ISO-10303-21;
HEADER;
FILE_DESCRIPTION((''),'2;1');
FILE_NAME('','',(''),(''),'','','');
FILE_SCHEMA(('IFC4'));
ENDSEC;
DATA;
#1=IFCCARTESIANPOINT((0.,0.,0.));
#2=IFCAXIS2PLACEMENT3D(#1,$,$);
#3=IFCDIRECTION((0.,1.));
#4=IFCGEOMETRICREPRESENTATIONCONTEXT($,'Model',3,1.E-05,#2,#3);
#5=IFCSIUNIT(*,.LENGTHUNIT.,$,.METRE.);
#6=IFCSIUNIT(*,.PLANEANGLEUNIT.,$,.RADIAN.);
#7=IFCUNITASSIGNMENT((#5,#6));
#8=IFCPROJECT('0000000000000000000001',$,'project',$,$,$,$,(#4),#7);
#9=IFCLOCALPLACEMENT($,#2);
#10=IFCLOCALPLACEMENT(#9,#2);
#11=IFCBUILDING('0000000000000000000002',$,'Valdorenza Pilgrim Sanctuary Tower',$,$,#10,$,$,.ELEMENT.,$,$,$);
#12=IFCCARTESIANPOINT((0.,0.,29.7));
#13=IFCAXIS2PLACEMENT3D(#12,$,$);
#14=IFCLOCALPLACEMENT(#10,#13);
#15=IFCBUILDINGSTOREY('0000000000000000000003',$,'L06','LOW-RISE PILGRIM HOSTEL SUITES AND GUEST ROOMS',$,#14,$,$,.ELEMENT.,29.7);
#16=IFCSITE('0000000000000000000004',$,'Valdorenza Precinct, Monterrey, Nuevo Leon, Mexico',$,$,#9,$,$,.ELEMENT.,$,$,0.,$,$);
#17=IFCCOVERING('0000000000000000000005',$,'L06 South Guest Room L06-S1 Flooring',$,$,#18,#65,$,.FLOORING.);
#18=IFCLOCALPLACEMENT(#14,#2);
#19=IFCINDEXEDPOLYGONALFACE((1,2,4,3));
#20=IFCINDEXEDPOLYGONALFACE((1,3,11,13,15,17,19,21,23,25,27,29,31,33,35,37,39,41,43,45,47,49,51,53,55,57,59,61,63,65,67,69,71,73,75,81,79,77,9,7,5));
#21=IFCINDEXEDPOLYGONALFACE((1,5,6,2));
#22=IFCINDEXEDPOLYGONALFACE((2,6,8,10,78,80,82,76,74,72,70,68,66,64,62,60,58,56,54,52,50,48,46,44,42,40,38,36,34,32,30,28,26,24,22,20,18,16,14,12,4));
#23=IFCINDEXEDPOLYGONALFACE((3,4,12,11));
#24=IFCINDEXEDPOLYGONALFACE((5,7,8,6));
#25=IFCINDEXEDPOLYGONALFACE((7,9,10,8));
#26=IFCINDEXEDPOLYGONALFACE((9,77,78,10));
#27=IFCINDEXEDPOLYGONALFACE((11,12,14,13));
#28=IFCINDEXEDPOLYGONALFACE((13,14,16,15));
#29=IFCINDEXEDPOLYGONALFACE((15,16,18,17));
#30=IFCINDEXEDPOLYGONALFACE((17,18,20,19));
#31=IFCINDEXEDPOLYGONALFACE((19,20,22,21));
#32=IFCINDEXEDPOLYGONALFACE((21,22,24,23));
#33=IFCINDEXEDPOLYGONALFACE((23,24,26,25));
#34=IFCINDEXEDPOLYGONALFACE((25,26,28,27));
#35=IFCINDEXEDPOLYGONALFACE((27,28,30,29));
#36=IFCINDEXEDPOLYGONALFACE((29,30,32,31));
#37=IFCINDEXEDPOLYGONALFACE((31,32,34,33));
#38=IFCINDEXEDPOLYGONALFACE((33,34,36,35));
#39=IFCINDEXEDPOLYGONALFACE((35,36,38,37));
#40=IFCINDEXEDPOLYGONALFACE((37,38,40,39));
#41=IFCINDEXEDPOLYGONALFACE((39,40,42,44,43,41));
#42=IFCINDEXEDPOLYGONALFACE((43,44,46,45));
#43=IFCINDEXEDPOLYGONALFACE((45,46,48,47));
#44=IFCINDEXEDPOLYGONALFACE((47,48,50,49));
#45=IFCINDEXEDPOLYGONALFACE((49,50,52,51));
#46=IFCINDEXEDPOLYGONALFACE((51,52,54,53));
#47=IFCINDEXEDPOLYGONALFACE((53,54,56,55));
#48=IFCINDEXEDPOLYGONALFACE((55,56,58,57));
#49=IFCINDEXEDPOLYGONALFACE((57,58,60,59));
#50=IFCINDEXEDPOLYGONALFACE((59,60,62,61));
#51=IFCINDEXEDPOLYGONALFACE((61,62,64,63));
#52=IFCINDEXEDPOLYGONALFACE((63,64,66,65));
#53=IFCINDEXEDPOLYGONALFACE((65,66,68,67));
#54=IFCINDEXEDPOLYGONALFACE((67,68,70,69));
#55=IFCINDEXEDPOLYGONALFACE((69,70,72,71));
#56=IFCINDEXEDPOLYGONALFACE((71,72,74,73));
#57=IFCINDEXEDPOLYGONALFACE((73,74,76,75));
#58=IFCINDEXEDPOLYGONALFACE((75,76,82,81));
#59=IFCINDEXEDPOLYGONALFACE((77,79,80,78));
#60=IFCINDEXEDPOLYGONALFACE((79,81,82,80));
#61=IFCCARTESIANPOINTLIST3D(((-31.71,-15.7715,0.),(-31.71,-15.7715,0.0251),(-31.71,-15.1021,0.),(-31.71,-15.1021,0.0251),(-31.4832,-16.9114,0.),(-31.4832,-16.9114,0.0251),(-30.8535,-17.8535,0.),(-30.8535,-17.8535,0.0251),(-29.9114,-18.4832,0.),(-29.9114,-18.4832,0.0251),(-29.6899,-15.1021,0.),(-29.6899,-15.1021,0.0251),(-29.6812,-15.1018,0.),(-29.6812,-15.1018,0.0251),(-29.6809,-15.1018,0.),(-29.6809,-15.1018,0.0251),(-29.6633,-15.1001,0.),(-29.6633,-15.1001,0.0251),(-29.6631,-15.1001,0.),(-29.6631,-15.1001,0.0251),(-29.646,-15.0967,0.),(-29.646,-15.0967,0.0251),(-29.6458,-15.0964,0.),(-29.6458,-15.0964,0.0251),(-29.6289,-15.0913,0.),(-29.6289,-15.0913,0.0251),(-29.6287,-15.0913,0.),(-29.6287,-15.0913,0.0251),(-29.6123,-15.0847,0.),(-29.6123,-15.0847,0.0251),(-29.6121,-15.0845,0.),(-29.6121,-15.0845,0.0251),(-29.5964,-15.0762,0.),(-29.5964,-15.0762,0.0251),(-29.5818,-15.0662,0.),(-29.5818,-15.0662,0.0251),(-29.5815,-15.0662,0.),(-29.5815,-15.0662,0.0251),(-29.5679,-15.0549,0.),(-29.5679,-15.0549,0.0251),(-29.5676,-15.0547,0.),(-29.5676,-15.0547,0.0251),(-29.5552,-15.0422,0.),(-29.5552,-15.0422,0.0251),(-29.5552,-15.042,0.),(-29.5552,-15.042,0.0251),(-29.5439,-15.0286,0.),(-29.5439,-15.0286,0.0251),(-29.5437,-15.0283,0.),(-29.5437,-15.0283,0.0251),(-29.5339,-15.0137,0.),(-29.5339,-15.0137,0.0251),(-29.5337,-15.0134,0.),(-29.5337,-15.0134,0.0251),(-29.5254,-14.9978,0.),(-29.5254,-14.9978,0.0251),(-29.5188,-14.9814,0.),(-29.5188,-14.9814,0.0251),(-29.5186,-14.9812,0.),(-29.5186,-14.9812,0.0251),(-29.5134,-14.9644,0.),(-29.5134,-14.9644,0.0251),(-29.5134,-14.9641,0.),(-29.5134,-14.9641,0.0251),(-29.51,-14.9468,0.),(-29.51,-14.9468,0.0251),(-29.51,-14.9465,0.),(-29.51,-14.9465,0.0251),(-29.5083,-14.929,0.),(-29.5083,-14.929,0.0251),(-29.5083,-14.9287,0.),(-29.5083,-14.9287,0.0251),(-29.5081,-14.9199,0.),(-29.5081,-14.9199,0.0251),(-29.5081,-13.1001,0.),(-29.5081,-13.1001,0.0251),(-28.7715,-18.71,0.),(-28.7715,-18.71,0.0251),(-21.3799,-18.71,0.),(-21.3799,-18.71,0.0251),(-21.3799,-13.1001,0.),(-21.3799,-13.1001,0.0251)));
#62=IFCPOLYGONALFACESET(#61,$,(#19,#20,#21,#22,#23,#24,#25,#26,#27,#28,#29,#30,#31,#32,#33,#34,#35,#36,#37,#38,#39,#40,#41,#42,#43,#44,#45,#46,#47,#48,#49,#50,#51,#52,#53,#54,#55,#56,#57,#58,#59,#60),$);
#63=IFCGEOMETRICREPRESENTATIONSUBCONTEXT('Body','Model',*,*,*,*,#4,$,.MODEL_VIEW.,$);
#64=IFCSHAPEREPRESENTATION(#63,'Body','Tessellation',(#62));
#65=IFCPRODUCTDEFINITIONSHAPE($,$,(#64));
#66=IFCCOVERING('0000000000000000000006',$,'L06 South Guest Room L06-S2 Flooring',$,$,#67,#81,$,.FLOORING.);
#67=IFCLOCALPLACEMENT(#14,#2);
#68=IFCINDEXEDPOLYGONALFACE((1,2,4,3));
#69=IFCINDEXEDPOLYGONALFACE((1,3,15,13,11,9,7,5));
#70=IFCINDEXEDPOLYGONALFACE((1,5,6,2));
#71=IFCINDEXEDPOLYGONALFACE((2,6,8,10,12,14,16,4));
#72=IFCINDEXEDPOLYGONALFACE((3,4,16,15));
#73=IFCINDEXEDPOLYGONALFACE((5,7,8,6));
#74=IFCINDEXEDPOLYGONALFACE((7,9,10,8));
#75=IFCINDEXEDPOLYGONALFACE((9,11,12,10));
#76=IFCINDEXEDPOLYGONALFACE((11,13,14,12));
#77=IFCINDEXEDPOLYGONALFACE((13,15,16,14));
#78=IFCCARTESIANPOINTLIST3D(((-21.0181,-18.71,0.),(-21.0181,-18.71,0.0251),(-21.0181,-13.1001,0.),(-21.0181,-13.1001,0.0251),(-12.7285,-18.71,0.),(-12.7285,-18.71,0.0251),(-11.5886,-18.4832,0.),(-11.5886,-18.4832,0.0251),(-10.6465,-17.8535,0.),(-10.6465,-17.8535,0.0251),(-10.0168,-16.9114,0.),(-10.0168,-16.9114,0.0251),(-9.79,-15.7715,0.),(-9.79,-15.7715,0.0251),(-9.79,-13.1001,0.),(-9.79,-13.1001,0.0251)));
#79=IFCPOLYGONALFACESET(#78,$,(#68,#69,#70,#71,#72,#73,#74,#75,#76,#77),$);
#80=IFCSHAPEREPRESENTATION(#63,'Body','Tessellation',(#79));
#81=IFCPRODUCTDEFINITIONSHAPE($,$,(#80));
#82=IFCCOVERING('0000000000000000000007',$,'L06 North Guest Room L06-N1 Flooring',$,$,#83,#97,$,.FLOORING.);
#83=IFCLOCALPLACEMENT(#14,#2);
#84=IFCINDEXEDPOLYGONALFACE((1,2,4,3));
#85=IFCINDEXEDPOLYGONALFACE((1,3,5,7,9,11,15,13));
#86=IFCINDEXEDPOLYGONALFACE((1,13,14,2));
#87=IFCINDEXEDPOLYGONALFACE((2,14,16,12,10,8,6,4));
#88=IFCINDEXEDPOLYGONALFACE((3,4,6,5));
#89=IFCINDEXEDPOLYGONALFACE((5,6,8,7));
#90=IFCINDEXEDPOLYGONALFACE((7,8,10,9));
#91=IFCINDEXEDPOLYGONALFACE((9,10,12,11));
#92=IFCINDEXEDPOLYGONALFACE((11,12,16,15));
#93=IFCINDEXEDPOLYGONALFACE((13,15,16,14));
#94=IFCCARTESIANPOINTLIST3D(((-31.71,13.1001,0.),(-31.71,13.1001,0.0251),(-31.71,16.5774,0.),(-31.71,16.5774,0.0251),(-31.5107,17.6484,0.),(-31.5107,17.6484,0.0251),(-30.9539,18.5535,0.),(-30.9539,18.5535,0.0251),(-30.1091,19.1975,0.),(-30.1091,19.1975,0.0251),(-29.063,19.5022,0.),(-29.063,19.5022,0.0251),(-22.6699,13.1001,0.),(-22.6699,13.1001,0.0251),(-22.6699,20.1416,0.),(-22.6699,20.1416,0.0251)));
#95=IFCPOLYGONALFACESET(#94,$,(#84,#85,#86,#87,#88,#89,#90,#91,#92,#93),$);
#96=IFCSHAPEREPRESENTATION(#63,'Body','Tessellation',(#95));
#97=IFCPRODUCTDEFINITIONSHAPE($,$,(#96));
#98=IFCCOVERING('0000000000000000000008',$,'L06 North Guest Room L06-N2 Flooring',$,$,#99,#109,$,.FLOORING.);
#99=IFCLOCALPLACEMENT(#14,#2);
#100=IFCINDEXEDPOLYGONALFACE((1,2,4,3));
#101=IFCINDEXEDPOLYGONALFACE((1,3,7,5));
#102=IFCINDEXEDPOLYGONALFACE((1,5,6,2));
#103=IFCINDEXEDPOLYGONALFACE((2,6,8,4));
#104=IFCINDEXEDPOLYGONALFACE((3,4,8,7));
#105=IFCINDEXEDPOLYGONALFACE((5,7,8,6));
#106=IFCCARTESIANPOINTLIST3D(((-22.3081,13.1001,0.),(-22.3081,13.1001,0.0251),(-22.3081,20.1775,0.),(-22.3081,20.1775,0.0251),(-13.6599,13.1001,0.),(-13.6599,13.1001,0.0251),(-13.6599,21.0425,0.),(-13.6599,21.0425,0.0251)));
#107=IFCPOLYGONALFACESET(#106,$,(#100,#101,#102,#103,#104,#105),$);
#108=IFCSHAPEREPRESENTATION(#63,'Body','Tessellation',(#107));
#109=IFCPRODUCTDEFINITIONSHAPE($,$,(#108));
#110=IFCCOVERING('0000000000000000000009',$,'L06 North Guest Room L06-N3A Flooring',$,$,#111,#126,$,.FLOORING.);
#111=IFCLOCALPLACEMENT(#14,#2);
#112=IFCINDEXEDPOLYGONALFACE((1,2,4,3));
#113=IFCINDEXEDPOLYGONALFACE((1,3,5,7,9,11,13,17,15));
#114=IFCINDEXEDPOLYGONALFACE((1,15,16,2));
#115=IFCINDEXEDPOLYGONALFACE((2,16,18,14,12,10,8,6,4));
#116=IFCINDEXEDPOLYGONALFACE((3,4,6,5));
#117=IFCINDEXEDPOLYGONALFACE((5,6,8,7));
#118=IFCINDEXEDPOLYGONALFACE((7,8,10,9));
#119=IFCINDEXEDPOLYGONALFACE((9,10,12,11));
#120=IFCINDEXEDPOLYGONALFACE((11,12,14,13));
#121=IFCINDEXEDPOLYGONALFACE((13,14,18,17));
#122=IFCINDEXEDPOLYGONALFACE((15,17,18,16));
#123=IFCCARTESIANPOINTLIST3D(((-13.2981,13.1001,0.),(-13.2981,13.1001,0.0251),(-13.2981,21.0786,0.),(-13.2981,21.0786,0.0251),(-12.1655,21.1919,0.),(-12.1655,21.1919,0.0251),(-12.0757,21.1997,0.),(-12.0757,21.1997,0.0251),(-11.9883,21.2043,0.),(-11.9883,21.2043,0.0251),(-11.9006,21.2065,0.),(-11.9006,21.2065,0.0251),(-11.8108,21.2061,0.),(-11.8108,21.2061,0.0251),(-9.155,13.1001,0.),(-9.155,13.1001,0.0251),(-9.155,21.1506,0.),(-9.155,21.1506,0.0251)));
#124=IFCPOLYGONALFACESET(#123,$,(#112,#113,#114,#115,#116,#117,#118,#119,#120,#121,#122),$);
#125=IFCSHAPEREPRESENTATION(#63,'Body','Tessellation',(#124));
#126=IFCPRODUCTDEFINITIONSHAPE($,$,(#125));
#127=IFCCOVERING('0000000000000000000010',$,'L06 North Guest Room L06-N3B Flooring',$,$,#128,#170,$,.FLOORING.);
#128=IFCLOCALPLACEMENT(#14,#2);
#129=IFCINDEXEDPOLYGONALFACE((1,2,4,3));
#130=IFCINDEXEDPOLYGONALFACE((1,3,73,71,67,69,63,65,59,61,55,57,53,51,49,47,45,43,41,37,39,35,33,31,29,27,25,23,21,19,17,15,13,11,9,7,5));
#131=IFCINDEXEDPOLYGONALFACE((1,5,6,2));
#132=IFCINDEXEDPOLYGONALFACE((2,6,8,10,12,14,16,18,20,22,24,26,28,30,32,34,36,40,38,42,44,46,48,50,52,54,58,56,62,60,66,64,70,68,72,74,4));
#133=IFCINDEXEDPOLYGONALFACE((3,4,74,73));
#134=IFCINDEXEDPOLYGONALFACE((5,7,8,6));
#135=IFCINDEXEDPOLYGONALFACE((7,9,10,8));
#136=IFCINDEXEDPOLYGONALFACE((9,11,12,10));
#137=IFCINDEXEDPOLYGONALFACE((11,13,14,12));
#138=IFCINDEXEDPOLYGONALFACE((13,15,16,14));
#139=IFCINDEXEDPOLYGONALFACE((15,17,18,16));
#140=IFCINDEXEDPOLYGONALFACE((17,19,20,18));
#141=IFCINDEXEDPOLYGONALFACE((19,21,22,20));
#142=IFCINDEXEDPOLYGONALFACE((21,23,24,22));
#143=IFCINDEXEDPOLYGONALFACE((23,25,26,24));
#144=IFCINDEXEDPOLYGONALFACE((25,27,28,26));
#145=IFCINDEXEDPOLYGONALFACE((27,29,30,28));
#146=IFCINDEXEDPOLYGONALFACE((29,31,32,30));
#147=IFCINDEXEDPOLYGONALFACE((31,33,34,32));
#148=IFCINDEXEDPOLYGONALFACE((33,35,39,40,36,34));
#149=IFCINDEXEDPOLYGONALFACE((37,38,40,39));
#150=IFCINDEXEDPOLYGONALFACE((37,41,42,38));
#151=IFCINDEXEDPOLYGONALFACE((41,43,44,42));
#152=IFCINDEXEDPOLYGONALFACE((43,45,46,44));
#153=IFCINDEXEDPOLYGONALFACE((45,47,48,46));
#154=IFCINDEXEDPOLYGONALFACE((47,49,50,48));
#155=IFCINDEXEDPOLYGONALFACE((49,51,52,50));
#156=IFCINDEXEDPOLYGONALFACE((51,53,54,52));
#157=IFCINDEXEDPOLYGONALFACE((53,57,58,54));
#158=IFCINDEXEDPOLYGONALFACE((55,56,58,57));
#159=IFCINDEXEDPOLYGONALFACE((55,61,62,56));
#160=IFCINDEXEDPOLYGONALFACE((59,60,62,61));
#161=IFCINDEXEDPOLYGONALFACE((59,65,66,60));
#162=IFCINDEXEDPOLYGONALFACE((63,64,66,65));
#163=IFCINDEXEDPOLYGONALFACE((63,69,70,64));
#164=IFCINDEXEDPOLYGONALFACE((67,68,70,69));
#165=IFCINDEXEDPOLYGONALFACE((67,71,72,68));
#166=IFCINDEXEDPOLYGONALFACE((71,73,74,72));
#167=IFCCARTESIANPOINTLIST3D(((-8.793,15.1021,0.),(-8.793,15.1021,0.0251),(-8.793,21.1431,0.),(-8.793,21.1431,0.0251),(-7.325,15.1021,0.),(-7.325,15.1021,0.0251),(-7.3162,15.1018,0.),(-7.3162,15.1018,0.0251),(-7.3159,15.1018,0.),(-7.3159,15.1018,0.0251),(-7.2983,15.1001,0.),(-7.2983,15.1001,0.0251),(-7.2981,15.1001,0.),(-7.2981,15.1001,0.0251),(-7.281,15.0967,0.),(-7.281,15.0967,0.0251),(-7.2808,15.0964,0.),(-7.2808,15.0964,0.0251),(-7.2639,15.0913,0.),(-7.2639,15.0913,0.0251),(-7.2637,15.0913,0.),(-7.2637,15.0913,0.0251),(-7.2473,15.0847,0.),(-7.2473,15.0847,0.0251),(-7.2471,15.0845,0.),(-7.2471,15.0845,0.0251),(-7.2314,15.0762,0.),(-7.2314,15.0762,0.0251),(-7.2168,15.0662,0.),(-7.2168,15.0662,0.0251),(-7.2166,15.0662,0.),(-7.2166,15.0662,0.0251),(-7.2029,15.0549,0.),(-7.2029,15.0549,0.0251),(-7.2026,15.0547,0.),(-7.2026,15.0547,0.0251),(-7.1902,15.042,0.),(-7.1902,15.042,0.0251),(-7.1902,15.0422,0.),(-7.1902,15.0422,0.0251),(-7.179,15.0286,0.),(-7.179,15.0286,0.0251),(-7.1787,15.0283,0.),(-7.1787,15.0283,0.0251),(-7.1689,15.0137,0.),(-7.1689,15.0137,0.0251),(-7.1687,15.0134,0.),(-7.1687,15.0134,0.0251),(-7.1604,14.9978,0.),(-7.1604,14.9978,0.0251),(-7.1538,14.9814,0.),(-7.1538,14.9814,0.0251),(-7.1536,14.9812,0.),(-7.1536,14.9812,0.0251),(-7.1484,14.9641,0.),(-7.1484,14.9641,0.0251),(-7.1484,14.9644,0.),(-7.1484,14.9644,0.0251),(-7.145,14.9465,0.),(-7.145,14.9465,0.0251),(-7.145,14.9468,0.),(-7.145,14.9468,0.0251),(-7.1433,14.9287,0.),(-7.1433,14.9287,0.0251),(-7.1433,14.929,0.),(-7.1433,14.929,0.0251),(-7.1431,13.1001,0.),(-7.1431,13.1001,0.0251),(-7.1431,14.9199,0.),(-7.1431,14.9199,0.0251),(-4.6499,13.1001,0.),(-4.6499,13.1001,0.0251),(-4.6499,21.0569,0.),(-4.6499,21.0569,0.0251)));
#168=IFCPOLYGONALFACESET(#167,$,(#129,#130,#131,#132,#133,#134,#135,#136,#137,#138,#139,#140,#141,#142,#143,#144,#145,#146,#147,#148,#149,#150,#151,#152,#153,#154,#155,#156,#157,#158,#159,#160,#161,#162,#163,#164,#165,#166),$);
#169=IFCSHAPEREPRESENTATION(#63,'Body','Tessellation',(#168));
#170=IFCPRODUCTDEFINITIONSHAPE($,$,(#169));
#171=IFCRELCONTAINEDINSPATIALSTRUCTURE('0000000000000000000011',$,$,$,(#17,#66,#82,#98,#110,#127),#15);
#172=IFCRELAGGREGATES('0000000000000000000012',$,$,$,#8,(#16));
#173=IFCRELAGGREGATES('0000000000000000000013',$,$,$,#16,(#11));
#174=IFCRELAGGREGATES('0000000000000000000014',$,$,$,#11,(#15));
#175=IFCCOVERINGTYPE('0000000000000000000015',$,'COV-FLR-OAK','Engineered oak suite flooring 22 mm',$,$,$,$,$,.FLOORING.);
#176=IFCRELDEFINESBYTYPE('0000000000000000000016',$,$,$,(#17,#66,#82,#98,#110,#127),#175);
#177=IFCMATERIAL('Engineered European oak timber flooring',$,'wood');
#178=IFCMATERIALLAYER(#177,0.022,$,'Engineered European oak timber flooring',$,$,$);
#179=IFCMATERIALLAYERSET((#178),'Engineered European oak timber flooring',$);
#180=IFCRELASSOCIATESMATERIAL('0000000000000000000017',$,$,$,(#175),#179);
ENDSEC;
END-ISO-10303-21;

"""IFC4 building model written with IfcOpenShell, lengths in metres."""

from ifc_helpers import new_model, si_unit, direction, frame, origin, place, context, subcontext, project, spatial, polyline, outline, extrude, material, layer, layer_set, type_object, element, save


model = new_model("IFC4")

# Units and contexts
model_context = context("Model", 3, precision=1e-05, world=origin(), true_north=direction((0.0, 1.0)))
body_context = subcontext(model_context, "Body", "Model", "MODEL_VIEW")
ifc_project = project(units=[si_unit("LENGTHUNIT", "METRE"), si_unit("PLANEANGLEUNIT", "RADIAN")], contexts=[model_context])

# Site, building, storey
site_placement = place(None, origin())
site = spatial("IfcSite", under=ifc_project, at=site_placement, Name="Valdorenza Precinct, Monterrey, Nuevo Leon, Mexico", CompositionType="ELEMENT", RefElevation=0.0)
building_placement = place(site_placement, origin())
building = spatial("IfcBuilding", under=site, at=building_placement, Name="Valdorenza Pilgrim Sanctuary Tower", CompositionType="ELEMENT")
storey_placement = place(building_placement, frame((0.0, 0.0, 29.7)))
storey = spatial("IfcBuildingStorey", under=building, at=storey_placement, Name="L06", Description="LOW-RISE PILGRIM HOSTEL SUITES AND GUEST ROOMS", CompositionType="ELEMENT", Elevation=29.7)

# Coverings
ifc_material_1 = material(Name="Engineered European oak timber flooring", Category="wood")
ifc_layer_1 = layer(ifc_material_1, 0.022, Name="Engineered European oak timber flooring")
ifc_layer_set_1 = layer_set([ifc_layer_1], Name="Engineered European oak timber flooring")
covering_type_1 = type_object("IfcCoveringType", Name="COV-FLR-OAK", Description="Engineered oak suite flooring 22 mm", PredefinedType="FLOORING", material=ifc_layer_set_1)
covering_1_placement = place(storey_placement, origin())
element("IfcCovering", 1, at=covering_1_placement, inside=storey, type_object=covering_type_1, Name="L06 South Guest Room L06-S1 Flooring", PredefinedType="FLOORING", context=body_context, shape_type="SweptSolid", body=[
    extrude(outline(polyline([(-28.7715, -18.71), (-29.9114, -18.4832), (-30.8535, -17.8535), (-31.4832, -16.9114), (-31.71, -15.7715), (-31.71, -15.1021), (-29.6899, -15.1021), (-29.6812, -15.1018), (-29.6809, -15.1018), (-29.6633, -15.1001), (-29.6631, -15.1001), (-29.646, -15.0967), (-29.6458, -15.0964), (-29.6289, -15.0913), (-29.6287, -15.0913), (-29.6123, -15.0847), (-29.6121, -15.0845), (-29.5964, -15.0762), (-29.5964, -15.0762), (-29.5818, -15.0662), (-29.5815, -15.0662), (-29.5679, -15.0549), (-29.5676, -15.0547), (-29.5552, -15.0422), (-29.5552, -15.042), (-29.5439, -15.0286), (-29.5437, -15.0283), (-29.5339, -15.0137), (-29.5337, -15.0134), (-29.5254, -14.9978), (-29.5254, -14.9978), (-29.5188, -14.9814), (-29.5186, -14.9812), (-29.5134, -14.9644), (-29.5134, -14.9641), (-29.51, -14.9468), (-29.51, -14.9465), (-29.5083, -14.929), (-29.5083, -14.9287), (-29.5081, -14.9199), (-29.5081, -13.1001), (-21.3799, -13.1001), (-21.3799, -18.71), (-28.7715, -18.71)])), origin(), (0.0, 0.0, 1.0), 0.0251),
])
covering_2_placement = place(storey_placement, origin())
element("IfcCovering", 2, at=covering_2_placement, inside=storey, type_object=covering_type_1, Name="L06 South Guest Room L06-S2 Flooring", PredefinedType="FLOORING", context=body_context, shape_type="SweptSolid", body=[
    extrude(outline(polyline([(-9.79, -13.1001), (-9.79, -15.7715), (-10.0168, -16.9114), (-10.6465, -17.8535), (-11.5886, -18.4832), (-12.7285, -18.71), (-21.0181, -18.71), (-21.0181, -13.1001), (-9.79, -13.1001)])), origin(), (0.0, 0.0, 1.0), 0.0251),
])
covering_3_placement = place(storey_placement, origin())
element("IfcCovering", 3, at=covering_3_placement, inside=storey, type_object=covering_type_1, Name="L06 North Guest Room L06-N1 Flooring", PredefinedType="FLOORING", context=body_context, shape_type="SweptSolid", body=[
    extrude(outline(polyline([(-31.5107, 17.6484), (-30.9539, 18.5535), (-30.1091, 19.1975), (-29.063, 19.5022), (-22.6699, 20.1416), (-22.6699, 13.1001), (-31.71, 13.1001), (-31.71, 16.5774), (-31.5107, 17.6484)])), origin(), (0.0, 0.0, 1.0), 0.0251),
])
covering_4_placement = place(storey_placement, origin())
element("IfcCovering", 4, at=covering_4_placement, inside=storey, type_object=covering_type_1, Name="L06 North Guest Room L06-N2 Flooring", PredefinedType="FLOORING", context=body_context, shape_type="SweptSolid", body=[
    extrude(outline(polyline([(-13.6599, 21.0425), (-13.6599, 13.1001), (-22.3081, 13.1001), (-22.3081, 20.1775), (-13.6599, 21.0425)])), origin(), (0.0, 0.0, 1.0), 0.0251),
])
covering_5_placement = place(storey_placement, origin())
element("IfcCovering", 5, at=covering_5_placement, inside=storey, type_object=covering_type_1, Name="L06 North Guest Room L06-N3A Flooring", PredefinedType="FLOORING", context=body_context, shape_type="SweptSolid", body=[
    extrude(outline(polyline([(-12.1655, 21.1919), (-12.0757, 21.1997), (-11.9883, 21.2043), (-11.9006, 21.2065), (-11.8108, 21.2061), (-9.155, 21.1506), (-9.155, 13.1001), (-13.2981, 13.1001), (-13.2981, 21.0786), (-12.1655, 21.1919)])), origin(), (0.0, 0.0, 1.0), 0.0251),
])
covering_6_placement = place(storey_placement, origin())
element("IfcCovering", 6, at=covering_6_placement, inside=storey, type_object=covering_type_1, Name="L06 North Guest Room L06-N3B Flooring", PredefinedType="FLOORING", context=body_context, shape_type="SweptSolid", body=[
    extrude(outline(polyline([(-7.1431, 13.1001), (-7.1431, 14.9199), (-7.1433, 14.9287), (-7.1433, 14.929), (-7.145, 14.9465), (-7.145, 14.9468), (-7.1484, 14.9641), (-7.1484, 14.9644), (-7.1536, 14.9812), (-7.1538, 14.9814), (-7.1604, 14.9978), (-7.1604, 14.9978), (-7.1687, 15.0134), (-7.1689, 15.0137), (-7.1787, 15.0283), (-7.179, 15.0286), (-7.1902, 15.042), (-7.1902, 15.0422), (-7.2026, 15.0547), (-7.2029, 15.0549), (-7.2166, 15.0662), (-7.2168, 15.0662), (-7.2314, 15.0762), (-7.2314, 15.0762), (-7.2471, 15.0845), (-7.2473, 15.0847), (-7.2637, 15.0913), (-7.2639, 15.0913), (-7.2808, 15.0964), (-7.281, 15.0967), (-7.2981, 15.1001), (-7.2983, 15.1001), (-7.3159, 15.1018), (-7.3162, 15.1018), (-7.325, 15.1021), (-8.793, 15.1021), (-8.793, 21.1431), (-4.6499, 21.0569), (-4.6499, 13.1001), (-7.1431, 13.1001)])), origin(), (0.0, 0.0, 1.0), 0.0251),
])

save(model, "model.ifc")
